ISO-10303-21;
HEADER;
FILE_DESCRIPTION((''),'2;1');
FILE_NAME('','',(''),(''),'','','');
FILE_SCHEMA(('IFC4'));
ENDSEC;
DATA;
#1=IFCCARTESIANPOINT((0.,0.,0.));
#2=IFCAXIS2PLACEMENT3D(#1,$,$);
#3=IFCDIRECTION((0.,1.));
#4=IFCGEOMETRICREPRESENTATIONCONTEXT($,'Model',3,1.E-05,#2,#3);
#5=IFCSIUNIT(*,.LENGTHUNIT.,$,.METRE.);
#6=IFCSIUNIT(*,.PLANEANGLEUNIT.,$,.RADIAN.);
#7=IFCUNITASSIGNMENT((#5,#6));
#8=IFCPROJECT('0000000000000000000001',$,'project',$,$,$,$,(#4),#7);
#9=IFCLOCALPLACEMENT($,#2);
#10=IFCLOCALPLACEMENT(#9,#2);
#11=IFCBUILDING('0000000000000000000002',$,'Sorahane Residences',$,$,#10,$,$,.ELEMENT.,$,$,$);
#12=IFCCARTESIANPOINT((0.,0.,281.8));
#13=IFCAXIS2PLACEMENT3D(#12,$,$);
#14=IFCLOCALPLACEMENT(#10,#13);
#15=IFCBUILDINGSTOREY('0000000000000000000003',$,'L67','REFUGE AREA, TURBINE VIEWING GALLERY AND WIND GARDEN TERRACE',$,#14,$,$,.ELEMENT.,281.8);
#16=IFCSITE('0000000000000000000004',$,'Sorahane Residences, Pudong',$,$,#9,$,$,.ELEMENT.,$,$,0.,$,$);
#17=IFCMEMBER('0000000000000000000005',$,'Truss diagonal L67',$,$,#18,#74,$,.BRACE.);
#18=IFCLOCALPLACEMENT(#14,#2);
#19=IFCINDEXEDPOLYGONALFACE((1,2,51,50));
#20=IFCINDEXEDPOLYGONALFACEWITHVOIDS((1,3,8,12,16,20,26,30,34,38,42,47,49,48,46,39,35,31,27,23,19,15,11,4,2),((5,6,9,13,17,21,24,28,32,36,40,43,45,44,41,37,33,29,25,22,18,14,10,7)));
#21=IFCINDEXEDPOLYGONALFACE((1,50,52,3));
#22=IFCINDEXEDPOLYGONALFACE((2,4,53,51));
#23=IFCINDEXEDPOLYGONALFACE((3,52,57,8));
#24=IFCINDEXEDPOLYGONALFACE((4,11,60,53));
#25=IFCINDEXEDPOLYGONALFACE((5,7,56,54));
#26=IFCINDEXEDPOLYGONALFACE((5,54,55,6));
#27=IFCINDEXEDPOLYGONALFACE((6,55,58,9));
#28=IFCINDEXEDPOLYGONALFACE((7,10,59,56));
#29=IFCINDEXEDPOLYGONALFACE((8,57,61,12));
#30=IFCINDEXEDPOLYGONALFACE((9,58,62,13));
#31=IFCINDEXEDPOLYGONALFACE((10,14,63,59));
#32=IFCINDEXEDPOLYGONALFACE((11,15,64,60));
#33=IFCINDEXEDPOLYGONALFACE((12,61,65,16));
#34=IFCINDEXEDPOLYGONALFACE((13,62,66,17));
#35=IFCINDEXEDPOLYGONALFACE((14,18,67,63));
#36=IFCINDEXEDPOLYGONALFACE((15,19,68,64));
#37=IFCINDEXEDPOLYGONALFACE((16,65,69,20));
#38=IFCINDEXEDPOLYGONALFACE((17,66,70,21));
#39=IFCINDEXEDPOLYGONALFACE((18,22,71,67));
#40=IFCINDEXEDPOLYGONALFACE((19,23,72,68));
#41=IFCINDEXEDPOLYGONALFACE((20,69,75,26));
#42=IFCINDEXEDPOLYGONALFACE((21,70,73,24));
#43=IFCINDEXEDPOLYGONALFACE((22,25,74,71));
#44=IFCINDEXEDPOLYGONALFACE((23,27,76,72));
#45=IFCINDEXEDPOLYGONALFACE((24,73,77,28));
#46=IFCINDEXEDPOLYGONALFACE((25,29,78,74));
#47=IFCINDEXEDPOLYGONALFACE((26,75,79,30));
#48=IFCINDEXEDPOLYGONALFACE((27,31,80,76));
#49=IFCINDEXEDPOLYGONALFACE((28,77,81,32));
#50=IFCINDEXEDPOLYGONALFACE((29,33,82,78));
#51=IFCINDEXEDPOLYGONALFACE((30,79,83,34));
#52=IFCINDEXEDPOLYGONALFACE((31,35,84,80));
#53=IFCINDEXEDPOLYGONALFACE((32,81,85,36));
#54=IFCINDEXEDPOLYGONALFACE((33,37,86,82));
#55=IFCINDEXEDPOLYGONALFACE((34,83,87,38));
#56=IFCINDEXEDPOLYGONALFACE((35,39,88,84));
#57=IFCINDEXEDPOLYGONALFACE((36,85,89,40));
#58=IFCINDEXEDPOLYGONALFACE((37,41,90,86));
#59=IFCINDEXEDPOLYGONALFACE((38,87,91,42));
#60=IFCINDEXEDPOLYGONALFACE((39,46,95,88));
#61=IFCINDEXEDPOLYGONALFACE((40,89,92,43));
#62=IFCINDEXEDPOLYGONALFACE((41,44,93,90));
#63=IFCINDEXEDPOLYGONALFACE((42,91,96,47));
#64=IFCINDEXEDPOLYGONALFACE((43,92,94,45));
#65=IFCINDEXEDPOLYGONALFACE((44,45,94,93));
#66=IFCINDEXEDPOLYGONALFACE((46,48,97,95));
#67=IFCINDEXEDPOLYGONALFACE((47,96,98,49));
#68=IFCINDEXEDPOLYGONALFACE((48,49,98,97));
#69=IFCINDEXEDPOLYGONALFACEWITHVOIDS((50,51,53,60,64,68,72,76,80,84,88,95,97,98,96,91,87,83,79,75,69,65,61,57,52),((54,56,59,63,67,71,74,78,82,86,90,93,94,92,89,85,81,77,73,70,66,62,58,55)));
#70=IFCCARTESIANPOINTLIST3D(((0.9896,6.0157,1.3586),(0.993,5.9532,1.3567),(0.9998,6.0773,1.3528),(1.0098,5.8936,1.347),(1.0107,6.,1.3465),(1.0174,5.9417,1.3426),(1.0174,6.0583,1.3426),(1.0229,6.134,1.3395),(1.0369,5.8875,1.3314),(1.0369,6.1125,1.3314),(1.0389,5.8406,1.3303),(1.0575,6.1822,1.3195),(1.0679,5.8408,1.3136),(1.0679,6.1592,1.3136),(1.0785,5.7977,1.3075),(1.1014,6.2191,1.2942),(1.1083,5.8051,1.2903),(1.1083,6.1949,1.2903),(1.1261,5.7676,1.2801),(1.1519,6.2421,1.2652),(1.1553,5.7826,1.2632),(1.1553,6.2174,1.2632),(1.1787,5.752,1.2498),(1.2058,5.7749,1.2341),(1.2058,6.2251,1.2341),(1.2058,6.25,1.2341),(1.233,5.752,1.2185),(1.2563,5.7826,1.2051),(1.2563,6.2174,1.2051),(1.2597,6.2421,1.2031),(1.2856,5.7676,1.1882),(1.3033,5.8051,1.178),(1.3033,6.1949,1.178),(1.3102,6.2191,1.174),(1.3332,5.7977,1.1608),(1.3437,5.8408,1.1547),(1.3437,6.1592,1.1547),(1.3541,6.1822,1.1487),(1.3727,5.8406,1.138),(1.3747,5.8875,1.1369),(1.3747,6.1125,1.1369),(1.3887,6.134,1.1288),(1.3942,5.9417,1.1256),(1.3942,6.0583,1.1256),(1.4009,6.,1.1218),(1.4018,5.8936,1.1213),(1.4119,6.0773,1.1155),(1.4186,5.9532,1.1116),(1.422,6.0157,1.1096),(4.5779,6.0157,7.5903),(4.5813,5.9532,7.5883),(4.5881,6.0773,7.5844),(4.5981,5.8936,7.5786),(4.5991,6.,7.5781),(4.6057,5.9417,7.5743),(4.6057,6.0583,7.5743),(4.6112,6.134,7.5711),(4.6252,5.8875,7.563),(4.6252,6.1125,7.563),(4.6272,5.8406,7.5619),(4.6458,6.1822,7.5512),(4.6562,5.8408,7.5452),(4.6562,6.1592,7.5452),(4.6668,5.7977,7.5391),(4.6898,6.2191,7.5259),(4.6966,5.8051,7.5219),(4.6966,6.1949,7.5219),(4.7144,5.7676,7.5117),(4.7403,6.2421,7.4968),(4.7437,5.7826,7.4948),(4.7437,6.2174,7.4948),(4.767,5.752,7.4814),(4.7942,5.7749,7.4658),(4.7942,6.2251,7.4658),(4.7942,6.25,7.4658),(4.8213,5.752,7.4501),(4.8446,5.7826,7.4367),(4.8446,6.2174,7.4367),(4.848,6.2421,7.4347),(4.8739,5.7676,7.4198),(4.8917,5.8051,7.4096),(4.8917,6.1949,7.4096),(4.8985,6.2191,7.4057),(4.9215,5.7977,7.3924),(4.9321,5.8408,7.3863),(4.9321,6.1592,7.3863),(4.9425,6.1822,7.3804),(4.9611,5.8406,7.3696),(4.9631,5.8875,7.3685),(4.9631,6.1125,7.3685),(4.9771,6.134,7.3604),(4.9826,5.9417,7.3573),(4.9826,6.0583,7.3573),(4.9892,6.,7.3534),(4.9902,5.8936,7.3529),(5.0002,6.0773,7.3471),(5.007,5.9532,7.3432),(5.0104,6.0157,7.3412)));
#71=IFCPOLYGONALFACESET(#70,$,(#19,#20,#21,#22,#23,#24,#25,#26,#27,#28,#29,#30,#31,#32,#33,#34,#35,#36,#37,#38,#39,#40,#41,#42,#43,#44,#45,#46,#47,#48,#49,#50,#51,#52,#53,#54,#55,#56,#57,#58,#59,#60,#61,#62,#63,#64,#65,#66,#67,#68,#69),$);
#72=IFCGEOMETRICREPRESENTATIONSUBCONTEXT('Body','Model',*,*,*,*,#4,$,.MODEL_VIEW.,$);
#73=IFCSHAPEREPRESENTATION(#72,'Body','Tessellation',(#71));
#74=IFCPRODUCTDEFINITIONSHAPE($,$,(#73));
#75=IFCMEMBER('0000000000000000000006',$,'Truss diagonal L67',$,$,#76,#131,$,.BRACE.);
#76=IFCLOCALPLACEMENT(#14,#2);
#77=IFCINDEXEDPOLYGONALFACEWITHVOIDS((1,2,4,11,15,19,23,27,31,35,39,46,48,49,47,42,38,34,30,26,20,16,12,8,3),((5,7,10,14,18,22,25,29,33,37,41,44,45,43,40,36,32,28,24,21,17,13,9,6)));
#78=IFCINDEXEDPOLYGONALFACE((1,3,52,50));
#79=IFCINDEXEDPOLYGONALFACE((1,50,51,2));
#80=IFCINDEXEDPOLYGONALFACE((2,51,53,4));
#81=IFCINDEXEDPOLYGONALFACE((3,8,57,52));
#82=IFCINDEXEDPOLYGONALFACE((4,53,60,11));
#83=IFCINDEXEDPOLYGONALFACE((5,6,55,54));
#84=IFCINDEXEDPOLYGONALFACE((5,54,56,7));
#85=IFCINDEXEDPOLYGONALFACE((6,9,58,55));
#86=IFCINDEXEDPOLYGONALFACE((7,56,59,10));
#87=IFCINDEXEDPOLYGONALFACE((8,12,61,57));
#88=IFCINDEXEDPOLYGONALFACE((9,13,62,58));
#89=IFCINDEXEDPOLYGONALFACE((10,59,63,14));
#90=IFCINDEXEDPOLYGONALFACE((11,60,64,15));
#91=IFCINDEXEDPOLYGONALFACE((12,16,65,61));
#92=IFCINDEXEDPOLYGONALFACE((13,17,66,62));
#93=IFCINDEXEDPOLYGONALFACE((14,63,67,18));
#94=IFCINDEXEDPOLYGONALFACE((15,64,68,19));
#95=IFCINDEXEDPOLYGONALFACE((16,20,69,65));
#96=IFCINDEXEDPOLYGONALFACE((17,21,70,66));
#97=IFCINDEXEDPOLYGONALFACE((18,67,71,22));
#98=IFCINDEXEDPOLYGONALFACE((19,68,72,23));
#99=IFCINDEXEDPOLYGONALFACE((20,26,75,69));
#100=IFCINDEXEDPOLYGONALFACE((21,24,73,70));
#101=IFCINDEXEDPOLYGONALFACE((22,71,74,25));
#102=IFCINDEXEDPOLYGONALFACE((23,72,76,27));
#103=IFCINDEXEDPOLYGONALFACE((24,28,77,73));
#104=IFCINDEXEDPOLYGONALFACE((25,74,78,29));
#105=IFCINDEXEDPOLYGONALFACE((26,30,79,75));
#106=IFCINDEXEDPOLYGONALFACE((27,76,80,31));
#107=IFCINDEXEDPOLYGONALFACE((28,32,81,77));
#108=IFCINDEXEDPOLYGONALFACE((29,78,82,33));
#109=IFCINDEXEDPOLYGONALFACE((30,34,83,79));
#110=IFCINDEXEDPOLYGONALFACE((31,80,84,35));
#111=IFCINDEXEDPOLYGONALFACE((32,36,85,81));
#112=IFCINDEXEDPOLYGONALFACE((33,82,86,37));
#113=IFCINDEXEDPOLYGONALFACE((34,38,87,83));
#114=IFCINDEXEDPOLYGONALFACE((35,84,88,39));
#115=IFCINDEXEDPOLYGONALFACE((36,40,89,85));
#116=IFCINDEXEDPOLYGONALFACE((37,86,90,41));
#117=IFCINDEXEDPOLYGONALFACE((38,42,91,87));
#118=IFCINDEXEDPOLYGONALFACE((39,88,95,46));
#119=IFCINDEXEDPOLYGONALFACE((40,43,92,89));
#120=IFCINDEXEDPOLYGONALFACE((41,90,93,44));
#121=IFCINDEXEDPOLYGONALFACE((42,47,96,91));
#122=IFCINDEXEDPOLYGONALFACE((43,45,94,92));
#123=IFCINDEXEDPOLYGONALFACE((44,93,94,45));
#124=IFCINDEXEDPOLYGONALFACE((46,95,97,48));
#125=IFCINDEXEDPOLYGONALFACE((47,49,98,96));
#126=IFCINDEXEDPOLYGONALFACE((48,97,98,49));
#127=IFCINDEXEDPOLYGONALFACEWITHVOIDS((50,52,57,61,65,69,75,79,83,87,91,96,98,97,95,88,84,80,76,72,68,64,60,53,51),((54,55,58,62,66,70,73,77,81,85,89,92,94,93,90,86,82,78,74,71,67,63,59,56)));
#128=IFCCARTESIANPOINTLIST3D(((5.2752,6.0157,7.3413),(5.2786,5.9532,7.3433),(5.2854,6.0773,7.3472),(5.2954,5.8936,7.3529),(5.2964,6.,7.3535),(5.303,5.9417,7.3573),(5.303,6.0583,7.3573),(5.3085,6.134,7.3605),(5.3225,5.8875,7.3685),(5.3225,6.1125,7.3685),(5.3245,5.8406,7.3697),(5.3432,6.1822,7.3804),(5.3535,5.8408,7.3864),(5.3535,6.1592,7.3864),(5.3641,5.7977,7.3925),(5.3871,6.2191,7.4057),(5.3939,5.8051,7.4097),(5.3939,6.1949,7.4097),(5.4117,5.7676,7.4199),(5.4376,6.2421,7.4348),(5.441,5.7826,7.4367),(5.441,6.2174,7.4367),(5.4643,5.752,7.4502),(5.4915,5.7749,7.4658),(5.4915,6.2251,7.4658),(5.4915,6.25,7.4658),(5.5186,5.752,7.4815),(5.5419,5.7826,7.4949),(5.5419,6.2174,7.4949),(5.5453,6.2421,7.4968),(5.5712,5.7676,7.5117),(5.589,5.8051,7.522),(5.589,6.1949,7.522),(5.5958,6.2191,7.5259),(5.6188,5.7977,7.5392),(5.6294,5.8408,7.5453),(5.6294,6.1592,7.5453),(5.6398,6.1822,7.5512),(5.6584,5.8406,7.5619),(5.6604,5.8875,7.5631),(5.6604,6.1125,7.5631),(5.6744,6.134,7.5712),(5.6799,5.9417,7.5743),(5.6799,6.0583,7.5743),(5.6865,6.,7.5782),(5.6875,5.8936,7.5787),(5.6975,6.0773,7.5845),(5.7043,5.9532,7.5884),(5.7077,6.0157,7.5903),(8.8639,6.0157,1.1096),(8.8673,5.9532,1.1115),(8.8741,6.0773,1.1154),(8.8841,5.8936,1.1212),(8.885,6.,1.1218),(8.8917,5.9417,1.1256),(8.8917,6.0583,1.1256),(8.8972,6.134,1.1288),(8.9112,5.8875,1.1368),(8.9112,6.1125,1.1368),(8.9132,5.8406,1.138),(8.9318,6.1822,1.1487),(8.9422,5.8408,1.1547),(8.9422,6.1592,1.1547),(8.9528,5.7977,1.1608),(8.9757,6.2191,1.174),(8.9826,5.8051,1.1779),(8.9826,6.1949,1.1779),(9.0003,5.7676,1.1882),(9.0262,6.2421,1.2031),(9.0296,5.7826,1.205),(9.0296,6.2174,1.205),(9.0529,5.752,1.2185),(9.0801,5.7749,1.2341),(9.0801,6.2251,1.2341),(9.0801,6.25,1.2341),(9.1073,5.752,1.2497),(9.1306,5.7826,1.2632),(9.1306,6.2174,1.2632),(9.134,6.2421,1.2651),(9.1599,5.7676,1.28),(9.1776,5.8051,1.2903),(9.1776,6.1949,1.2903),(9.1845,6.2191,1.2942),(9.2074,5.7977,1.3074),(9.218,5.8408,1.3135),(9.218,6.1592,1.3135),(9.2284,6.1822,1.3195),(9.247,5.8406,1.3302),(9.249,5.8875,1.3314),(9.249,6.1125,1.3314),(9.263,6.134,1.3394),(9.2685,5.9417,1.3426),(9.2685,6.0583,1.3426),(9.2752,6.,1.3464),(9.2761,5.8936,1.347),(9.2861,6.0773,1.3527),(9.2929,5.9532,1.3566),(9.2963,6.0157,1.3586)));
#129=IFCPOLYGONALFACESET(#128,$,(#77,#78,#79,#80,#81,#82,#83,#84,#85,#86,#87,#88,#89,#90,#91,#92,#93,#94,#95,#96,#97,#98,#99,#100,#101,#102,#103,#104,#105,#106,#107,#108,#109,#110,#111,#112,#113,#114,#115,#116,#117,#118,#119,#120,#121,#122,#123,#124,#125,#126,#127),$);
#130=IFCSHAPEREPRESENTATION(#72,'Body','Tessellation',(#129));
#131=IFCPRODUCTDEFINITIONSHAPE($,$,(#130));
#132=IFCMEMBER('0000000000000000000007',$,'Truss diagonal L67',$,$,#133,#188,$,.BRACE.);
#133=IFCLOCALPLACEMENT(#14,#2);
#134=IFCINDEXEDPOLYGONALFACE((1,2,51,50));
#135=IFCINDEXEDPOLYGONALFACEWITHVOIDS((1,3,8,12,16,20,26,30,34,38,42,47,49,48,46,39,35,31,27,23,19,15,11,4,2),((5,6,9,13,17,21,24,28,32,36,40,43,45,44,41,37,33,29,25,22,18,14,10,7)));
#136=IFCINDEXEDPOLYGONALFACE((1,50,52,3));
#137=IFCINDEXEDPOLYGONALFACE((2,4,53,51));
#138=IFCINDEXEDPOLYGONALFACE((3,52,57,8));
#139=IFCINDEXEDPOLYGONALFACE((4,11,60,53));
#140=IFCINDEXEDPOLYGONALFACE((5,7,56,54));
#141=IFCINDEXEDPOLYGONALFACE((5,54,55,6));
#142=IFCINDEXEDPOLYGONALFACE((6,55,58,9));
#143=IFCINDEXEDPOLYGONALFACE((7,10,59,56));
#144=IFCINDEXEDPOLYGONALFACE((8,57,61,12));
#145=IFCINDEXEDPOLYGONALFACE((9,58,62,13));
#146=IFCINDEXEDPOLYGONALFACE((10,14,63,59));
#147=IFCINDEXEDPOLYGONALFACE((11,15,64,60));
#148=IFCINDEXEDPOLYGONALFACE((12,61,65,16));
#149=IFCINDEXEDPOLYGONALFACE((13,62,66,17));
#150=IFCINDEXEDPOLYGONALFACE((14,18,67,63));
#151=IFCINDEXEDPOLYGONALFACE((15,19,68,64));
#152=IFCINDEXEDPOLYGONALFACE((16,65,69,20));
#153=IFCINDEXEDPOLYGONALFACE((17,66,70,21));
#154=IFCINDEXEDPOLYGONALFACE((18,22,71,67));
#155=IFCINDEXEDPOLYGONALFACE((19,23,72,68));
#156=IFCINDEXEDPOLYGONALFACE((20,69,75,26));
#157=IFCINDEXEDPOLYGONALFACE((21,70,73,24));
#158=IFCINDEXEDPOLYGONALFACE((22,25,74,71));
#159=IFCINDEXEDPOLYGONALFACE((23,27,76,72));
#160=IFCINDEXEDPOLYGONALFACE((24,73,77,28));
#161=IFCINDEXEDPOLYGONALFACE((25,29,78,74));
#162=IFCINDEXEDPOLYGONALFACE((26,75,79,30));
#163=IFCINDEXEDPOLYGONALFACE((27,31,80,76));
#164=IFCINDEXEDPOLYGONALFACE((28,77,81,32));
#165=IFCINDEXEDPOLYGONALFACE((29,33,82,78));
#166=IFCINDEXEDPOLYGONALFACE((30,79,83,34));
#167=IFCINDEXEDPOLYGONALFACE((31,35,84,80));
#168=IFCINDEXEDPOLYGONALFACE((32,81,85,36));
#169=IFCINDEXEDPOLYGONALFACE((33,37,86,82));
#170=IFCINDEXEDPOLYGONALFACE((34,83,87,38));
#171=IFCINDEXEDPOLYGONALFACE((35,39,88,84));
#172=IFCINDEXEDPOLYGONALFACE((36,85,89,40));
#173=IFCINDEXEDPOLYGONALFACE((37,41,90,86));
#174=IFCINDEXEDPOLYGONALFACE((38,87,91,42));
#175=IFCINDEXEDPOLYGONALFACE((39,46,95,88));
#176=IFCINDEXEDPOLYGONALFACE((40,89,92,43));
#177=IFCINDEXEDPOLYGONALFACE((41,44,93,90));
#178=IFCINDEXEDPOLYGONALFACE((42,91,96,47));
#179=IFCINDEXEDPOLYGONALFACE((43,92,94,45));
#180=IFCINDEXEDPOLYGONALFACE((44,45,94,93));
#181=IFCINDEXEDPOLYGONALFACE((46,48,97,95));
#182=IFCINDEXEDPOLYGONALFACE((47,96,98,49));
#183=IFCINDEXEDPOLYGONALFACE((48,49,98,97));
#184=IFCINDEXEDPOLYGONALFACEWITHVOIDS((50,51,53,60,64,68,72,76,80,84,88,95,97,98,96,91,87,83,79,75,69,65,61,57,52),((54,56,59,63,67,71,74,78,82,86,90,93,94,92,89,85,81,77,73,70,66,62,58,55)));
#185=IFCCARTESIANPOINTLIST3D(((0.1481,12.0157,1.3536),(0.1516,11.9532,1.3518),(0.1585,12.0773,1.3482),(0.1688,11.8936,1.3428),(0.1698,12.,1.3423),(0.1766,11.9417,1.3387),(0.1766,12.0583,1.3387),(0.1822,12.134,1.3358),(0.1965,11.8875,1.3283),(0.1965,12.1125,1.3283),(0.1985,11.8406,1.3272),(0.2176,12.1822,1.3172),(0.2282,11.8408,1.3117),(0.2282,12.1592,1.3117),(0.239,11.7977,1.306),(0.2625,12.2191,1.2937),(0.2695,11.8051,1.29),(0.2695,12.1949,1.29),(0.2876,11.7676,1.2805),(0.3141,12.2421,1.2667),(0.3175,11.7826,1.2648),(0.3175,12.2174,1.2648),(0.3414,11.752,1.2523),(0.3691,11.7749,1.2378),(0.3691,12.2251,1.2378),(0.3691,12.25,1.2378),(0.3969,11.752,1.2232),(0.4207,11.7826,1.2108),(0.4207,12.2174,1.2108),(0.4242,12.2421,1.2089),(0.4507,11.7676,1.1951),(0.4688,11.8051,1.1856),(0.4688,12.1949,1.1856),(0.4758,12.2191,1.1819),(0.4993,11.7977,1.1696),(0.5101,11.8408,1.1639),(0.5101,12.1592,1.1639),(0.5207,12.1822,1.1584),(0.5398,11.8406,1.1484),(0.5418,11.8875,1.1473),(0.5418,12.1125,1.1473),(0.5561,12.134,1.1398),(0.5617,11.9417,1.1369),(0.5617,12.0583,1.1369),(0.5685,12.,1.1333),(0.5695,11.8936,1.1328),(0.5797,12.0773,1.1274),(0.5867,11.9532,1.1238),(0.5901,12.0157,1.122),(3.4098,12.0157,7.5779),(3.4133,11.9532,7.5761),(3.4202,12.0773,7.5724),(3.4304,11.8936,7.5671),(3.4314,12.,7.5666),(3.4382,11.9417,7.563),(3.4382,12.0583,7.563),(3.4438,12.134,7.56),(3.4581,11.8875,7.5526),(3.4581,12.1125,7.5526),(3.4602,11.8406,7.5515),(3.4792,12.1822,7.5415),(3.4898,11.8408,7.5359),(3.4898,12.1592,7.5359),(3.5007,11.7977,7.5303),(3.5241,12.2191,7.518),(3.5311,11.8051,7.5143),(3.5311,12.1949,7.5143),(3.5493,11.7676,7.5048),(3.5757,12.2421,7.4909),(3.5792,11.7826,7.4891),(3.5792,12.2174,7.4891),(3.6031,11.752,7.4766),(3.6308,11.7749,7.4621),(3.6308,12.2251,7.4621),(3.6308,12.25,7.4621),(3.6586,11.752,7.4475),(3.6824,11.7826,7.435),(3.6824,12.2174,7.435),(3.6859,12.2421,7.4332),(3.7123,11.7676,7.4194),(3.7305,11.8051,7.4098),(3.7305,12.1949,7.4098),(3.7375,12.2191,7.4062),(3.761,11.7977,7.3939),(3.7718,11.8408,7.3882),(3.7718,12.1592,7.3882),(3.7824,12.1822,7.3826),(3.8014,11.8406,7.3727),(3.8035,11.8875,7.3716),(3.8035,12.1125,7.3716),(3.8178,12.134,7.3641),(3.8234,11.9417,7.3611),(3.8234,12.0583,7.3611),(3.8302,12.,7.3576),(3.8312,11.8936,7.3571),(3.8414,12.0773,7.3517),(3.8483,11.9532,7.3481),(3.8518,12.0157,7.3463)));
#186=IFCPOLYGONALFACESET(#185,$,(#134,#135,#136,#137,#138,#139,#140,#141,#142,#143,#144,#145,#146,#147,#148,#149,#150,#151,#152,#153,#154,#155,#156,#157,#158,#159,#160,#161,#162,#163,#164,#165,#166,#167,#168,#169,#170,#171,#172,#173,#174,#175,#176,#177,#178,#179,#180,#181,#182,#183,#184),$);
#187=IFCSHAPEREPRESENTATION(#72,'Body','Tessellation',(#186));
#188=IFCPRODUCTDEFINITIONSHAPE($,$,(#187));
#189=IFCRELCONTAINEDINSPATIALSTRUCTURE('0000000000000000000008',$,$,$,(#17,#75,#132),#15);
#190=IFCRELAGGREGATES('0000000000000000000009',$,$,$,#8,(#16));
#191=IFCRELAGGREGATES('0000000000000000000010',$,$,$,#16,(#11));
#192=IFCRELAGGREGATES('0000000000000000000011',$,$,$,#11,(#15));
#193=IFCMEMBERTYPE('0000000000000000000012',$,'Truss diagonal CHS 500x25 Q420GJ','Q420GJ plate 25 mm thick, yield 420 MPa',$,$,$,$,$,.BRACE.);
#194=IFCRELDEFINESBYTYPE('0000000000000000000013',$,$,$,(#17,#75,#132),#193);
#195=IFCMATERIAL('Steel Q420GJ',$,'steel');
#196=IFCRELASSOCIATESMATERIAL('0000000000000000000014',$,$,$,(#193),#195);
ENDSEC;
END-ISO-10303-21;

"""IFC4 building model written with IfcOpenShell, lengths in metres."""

from ifc_helpers import new_model, si_unit, direction, frame, origin, origin_2d, place, context, subcontext, project, spatial, hollow_circle, extrude, material, material_profile, profile_set, type_object, element, save


model = new_model("IFC4")

# Units and contexts
model_context = context("Model", 3, precision=1e-05, world=origin(), true_north=direction((0.0, 1.0)))
body_context = subcontext(model_context, "Body", "Model", "MODEL_VIEW")
ifc_project = project(units=[si_unit("LENGTHUNIT", "METRE"), si_unit("PLANEANGLEUNIT", "RADIAN")], contexts=[model_context])

# Site, building, storey
site_placement = place(None, origin())
site = spatial("IfcSite", under=ifc_project, at=site_placement, Name="Sorahane Residences, Pudong", CompositionType="ELEMENT", RefElevation=0.0)
building_placement = place(site_placement, origin())
building = spatial("IfcBuilding", under=site, at=building_placement, Name="Sorahane Residences", CompositionType="ELEMENT")
storey_placement = place(building_placement, frame((0.0, 0.0, 281.8)))
storey = spatial("IfcBuildingStorey", under=building, at=storey_placement, Name="L67", Description="REFUGE AREA, TURBINE VIEWING GALLERY AND WIND GARDEN TERRACE", CompositionType="ELEMENT", Elevation=281.8)

# Members
ifc_material_1 = material(Name="Steel Q420GJ", Category="steel")
ifc_material_profile_1 = material_profile(ifc_material_1, hollow_circle(Radius=0.25, WallThickness=0.0249, at=origin_2d()), Name="CHS 500x25")
ifc_profile_set_1 = profile_set([ifc_material_profile_1], Name="Steel Q420GJ")
member_type = type_object("IfcMemberType", Name="Truss diagonal CHS 500x25 Q420GJ", Description="Q420GJ plate 25 mm thick, yield 420 MPa", PredefinedType="BRACE", material=ifc_profile_set_1)
member_1_placement = place(storey_placement, frame((1.2058, 6.0, 1.2341), z_axis=(0.49901, 0.0, 0.866596), x_axis=(0.0, 1.0, 0.0)))
element("IfcMember", 1, at=member_1_placement, inside=storey, type_object=member_type, Name="Truss diagonal L67", PredefinedType="BRACE", context=body_context, shape_type="SweptSolid", body=[
    extrude(hollow_circle(Radius=0.25, WallThickness=0.0249, at=origin_2d()), origin(), (0.0, 0.0, 1.0), 7.1909),
])
member_2_placement = place(storey_placement, frame((5.4915, 6.0, 7.4658), z_axis=(0.499036, 0.0, -0.866582), x_axis=(0.0, 1.0, 0.0)))
element("IfcMember", 2, at=member_2_placement, inside=storey, type_object=member_type, Name="Truss diagonal L67", PredefinedType="BRACE", context=body_context, shape_type="SweptSolid", body=[
    extrude(hollow_circle(Radius=0.25, WallThickness=0.0249, at=origin_2d()), origin(), (0.0, 0.0, 1.0), 7.1912),
])
for number, where, z_axis, x_axis, name in (
    (3, (0.3691, 12.0, 1.2378), (0.464156, 0.0, 0.885753), (0.0, 1.0, 0.0), "Truss diagonal L67"),
):
    element("IfcMember", number, at=place(storey_placement, frame(where, z_axis=z_axis, x_axis=x_axis)), inside=storey, type_object=member_type, Name=name, PredefinedType="BRACE", context=body_context, shape_type="SweptSolid", body=[
        extrude(hollow_circle(Radius=0.25, WallThickness=0.0249, at=origin_2d()), origin(), (0.0, 0.0, 1.0), 7.0271),
    ])

save(model, "model.ifc")
